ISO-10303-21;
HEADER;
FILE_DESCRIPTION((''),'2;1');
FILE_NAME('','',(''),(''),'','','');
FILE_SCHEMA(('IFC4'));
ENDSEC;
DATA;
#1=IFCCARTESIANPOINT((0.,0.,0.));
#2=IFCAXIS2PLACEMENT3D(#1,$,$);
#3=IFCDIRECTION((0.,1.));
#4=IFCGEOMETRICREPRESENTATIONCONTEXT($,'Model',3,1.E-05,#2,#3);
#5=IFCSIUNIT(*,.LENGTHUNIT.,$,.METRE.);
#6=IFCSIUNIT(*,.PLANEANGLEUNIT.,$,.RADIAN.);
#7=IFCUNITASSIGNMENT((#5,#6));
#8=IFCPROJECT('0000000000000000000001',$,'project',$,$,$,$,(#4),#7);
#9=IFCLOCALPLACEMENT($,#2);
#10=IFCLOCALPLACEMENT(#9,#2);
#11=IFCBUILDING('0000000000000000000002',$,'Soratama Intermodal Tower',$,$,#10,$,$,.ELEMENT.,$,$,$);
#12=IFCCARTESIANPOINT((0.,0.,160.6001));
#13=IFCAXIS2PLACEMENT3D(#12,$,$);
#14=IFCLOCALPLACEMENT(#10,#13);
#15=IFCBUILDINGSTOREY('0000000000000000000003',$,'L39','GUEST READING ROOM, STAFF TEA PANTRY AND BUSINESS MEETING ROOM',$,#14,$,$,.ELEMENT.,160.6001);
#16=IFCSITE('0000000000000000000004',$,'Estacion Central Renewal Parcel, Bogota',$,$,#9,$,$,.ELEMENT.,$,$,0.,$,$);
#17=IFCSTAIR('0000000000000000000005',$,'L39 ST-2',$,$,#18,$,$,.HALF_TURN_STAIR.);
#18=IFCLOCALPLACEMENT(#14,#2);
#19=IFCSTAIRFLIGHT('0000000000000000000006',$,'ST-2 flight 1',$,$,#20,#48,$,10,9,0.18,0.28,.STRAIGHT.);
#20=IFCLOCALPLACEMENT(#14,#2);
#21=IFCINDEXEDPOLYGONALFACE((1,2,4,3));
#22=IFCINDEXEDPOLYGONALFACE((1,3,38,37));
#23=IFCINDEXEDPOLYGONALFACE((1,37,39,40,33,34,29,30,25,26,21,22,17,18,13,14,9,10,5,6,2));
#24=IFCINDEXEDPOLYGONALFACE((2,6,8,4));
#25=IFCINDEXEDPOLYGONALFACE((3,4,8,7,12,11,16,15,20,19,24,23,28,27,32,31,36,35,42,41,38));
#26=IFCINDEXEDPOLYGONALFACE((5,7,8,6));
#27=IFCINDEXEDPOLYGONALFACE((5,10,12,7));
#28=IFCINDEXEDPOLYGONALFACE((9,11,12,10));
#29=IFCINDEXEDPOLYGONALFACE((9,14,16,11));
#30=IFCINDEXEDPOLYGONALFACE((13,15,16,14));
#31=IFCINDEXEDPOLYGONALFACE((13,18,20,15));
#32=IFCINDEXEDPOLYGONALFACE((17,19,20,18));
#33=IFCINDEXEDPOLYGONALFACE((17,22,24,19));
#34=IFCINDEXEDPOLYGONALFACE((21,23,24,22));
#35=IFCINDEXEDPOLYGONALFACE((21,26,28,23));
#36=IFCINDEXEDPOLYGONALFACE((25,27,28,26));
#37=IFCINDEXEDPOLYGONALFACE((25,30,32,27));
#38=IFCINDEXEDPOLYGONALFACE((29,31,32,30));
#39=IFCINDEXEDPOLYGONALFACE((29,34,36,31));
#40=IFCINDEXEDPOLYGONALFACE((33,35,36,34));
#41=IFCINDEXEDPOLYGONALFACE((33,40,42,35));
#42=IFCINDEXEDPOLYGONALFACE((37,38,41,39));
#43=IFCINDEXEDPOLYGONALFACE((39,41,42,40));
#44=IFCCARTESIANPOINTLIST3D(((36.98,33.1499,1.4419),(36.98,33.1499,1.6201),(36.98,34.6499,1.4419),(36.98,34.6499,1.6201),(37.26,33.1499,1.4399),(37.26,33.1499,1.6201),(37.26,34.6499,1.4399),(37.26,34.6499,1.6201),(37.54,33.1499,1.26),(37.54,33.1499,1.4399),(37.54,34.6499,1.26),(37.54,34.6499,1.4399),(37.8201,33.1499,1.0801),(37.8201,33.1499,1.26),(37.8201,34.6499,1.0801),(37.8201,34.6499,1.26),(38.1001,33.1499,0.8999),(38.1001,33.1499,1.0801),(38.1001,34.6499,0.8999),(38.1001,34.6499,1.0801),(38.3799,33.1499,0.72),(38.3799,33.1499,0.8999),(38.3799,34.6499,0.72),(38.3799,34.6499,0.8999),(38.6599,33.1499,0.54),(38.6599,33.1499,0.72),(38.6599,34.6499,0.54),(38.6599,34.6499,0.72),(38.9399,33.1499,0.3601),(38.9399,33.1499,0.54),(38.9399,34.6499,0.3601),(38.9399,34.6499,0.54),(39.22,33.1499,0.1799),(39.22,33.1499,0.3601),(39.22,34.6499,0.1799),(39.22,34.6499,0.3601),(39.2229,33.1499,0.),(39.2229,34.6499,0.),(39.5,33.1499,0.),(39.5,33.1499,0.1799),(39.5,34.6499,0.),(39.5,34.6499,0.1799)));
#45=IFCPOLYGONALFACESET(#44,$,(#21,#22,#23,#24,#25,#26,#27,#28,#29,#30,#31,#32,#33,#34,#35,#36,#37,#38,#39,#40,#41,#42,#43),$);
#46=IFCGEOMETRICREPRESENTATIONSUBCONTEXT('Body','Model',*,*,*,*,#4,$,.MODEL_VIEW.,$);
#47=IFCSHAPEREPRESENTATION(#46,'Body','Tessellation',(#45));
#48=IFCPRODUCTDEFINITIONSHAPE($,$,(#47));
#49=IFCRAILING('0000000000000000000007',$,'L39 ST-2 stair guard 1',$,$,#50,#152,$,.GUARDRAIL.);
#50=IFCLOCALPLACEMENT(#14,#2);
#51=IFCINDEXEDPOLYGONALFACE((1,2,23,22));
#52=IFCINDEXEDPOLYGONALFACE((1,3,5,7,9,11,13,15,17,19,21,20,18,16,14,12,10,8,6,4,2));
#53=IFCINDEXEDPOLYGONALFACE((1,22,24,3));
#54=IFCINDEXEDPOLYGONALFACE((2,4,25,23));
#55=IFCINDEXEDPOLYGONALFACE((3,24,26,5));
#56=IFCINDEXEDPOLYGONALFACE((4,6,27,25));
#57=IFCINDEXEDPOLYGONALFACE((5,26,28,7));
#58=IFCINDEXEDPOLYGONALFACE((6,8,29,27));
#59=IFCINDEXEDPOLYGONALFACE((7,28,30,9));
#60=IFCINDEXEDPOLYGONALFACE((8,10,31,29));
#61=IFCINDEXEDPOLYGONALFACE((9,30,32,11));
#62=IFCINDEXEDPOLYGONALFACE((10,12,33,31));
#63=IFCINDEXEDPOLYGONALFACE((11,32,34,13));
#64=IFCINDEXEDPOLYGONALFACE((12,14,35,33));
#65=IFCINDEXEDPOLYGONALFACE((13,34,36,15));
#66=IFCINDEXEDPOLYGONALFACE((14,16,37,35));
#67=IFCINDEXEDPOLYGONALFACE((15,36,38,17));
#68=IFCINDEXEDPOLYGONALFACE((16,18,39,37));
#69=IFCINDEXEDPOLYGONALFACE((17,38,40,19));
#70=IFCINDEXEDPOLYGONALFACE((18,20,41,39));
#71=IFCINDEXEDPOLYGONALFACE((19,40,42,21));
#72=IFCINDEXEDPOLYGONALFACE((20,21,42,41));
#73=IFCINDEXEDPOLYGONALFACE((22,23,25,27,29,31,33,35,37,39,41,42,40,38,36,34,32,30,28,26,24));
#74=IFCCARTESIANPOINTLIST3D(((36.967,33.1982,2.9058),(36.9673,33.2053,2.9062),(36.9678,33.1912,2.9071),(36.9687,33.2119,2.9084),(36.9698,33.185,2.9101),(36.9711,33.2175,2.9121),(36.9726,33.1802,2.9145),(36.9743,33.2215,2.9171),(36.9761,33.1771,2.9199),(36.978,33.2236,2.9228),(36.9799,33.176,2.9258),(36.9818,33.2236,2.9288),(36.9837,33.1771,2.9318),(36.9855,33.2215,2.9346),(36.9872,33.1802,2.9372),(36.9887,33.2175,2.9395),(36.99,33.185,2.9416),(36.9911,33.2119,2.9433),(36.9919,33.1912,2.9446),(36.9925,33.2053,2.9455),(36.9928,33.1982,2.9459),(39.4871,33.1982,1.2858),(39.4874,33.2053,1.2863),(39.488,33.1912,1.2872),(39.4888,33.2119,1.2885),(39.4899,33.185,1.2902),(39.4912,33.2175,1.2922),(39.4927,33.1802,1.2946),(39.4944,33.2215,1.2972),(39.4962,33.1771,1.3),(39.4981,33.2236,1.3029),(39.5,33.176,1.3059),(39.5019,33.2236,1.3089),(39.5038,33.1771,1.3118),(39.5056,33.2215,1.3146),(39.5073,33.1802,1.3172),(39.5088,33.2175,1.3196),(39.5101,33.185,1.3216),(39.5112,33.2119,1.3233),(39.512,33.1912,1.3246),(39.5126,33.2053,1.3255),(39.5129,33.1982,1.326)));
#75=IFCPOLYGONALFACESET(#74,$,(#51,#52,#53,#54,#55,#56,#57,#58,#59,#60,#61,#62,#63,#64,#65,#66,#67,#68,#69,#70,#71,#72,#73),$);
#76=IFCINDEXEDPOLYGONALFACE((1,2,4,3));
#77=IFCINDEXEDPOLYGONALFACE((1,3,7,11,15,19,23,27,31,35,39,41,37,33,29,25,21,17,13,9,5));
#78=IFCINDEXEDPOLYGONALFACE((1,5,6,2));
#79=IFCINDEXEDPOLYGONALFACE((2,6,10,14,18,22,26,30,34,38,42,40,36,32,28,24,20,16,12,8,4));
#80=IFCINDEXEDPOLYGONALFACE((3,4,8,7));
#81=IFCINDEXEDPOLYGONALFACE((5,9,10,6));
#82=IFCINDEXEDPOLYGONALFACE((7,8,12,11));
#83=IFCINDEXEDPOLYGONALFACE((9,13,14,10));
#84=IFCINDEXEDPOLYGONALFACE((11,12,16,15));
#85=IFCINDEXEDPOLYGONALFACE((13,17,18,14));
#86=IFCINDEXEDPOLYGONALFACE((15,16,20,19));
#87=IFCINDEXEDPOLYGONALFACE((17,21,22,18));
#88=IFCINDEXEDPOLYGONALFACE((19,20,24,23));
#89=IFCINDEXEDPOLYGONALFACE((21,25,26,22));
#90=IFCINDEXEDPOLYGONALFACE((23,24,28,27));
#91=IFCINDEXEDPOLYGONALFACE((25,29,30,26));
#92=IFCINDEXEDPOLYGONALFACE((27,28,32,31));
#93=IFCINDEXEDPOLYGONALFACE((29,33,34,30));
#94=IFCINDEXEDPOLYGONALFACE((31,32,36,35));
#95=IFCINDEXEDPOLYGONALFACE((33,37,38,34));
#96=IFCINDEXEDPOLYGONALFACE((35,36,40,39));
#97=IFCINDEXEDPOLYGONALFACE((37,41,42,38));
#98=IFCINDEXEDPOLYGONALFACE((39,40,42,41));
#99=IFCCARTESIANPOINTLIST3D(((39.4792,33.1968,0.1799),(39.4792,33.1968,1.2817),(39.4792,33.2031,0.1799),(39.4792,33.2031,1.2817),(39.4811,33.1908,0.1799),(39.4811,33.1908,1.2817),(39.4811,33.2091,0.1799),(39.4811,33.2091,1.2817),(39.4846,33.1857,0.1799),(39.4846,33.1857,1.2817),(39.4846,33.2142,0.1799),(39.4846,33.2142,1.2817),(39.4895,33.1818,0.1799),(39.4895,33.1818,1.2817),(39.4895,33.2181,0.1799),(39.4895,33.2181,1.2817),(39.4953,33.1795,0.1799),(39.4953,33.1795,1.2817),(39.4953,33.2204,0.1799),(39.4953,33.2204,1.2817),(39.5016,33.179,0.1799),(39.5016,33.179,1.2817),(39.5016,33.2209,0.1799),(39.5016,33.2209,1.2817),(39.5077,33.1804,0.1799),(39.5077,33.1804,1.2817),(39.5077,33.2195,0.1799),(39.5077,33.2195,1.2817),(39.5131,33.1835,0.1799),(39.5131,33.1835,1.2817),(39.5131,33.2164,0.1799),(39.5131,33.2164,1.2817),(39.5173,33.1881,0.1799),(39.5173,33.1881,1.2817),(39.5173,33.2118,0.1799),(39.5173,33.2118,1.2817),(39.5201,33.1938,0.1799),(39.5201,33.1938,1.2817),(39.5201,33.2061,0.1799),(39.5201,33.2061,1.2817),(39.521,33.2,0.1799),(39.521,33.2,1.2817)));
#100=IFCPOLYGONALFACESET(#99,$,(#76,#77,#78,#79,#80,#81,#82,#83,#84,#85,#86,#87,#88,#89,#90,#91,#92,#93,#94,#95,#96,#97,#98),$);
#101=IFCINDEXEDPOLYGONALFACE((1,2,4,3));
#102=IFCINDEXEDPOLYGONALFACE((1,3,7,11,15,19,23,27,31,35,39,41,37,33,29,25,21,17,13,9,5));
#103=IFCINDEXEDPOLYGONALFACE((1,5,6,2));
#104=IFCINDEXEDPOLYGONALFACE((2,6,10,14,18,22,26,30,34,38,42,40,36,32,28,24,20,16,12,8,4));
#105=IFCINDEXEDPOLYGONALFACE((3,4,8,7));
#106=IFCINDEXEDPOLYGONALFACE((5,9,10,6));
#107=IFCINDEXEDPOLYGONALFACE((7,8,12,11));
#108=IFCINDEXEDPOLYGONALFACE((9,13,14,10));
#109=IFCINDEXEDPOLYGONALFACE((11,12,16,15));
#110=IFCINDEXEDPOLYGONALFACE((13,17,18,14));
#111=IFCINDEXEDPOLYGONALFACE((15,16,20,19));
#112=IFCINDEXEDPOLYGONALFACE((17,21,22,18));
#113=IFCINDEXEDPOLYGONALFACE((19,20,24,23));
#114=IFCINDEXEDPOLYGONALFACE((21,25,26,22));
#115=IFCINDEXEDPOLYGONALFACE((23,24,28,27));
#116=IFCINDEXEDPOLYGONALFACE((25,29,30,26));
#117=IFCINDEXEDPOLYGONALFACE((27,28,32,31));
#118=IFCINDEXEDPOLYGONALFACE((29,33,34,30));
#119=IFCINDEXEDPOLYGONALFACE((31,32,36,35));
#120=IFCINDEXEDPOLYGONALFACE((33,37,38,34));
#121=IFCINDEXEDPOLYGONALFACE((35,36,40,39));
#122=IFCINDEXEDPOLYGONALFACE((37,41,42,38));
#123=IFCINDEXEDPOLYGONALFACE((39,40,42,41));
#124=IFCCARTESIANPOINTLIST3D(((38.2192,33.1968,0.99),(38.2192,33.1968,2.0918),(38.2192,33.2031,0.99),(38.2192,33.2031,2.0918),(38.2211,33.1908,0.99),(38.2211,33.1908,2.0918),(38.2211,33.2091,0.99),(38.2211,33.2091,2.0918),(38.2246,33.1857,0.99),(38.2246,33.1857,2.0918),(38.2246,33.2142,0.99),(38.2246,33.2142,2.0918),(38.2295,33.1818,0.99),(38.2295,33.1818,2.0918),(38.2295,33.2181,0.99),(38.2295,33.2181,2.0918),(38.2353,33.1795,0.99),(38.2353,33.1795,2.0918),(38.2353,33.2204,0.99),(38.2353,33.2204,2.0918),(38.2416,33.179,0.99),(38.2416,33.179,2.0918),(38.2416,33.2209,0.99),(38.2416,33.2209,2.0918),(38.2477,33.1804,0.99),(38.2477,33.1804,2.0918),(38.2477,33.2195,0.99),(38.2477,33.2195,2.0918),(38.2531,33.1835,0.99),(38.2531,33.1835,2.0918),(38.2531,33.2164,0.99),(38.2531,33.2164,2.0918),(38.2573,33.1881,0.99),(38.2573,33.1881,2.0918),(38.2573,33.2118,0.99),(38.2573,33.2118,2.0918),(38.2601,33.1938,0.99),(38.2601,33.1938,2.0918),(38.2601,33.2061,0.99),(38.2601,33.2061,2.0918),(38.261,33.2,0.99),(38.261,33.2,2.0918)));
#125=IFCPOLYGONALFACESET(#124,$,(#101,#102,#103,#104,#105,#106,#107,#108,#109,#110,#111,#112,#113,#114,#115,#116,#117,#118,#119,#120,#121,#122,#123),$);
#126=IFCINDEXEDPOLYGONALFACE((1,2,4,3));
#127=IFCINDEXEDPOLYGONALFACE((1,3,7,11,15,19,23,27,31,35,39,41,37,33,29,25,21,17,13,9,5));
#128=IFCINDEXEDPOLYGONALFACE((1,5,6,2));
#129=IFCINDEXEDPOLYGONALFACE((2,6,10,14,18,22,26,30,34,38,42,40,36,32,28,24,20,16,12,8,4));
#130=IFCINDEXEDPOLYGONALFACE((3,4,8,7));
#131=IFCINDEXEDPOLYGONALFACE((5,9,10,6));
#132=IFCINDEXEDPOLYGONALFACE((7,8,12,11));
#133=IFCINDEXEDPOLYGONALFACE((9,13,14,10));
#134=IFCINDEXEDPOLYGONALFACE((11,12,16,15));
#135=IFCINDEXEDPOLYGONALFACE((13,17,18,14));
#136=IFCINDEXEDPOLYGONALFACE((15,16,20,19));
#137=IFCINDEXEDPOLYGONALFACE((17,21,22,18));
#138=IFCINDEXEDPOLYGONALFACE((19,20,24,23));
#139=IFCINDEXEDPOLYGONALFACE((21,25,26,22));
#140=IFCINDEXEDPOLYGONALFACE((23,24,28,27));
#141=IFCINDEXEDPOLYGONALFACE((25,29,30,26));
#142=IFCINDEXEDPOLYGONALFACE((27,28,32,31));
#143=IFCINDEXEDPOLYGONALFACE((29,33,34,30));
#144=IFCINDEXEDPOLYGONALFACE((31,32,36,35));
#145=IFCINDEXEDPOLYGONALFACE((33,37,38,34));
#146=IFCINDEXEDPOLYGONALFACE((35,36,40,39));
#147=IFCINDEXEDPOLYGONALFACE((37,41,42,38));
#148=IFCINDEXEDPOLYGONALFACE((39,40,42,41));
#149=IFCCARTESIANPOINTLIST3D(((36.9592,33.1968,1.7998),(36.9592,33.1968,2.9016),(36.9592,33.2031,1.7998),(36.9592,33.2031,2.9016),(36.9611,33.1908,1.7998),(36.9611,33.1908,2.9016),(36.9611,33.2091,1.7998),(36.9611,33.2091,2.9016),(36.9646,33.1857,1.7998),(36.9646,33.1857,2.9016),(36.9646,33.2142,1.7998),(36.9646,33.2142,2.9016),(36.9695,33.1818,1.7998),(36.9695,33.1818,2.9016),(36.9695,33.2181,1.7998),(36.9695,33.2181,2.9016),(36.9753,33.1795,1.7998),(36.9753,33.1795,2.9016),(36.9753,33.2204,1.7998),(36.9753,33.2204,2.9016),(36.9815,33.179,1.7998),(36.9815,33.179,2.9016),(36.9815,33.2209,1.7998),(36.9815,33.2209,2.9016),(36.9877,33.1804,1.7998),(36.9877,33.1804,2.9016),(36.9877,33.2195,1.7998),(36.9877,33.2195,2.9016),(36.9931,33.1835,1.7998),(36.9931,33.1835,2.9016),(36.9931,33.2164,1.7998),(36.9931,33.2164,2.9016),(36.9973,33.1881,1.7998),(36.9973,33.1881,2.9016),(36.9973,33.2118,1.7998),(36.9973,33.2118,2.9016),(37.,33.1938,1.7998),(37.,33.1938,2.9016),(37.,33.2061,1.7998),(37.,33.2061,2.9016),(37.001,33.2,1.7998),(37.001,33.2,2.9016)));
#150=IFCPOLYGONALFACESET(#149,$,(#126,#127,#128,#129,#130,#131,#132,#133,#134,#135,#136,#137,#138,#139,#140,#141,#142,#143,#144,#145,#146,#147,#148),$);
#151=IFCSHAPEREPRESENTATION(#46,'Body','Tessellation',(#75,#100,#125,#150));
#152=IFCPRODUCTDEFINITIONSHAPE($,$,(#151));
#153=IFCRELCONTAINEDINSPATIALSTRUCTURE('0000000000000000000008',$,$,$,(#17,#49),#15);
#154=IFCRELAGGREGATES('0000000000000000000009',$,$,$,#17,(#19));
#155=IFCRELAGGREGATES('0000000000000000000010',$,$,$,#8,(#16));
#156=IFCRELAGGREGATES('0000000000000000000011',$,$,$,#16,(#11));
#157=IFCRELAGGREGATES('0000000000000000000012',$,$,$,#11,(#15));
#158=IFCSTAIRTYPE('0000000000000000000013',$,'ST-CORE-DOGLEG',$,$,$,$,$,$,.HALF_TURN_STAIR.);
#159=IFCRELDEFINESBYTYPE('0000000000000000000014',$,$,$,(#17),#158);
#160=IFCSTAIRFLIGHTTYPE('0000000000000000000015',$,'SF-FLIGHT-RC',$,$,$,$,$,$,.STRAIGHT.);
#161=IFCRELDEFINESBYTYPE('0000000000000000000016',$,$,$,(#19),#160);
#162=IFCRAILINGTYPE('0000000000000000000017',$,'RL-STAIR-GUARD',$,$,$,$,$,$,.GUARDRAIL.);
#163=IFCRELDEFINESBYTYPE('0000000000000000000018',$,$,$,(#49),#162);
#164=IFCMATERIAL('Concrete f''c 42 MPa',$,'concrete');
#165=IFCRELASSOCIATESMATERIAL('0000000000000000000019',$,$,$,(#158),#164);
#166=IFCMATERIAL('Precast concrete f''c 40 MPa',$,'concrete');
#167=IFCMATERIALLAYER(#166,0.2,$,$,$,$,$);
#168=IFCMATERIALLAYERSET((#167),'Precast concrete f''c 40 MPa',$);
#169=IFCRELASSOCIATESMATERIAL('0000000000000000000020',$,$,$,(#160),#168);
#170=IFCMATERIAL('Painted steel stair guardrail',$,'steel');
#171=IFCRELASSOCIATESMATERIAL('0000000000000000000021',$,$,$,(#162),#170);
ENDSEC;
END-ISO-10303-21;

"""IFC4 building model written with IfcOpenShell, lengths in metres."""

from ifc_helpers import new_model, si_unit, direction, frame, origin, origin_2d, place, context, subcontext, project, spatial, polyline, circle, outline, extrude, material, layer, layer_set, type_object, element, aggregate, save


model = new_model("IFC4")

# Units and contexts
model_context = context("Model", 3, precision=1e-05, world=origin(), true_north=direction((0.0, 1.0)))
body_context = subcontext(model_context, "Body", "Model", "MODEL_VIEW")
ifc_project = project(units=[si_unit("LENGTHUNIT", "METRE"), si_unit("PLANEANGLEUNIT", "RADIAN")], contexts=[model_context])

# Site, building, storey
site_placement = place(None, origin())
site = spatial("IfcSite", under=ifc_project, at=site_placement, Name="Estacion Central Renewal Parcel, Bogota", CompositionType="ELEMENT", RefElevation=0.0)
building_placement = place(site_placement, origin())
building = spatial("IfcBuilding", under=site, at=building_placement, Name="Soratama Intermodal Tower", CompositionType="ELEMENT")
storey_placement = place(building_placement, frame((0.0, 0.0, 160.6001)))
storey = spatial("IfcBuildingStorey", under=building, at=storey_placement, Name="L39", Description="GUEST READING ROOM, STAFF TEA PANTRY AND BUSINESS MEETING ROOM", CompositionType="ELEMENT", Elevation=160.6001)

# Stair, stair flight
ifc_material_1 = material(Name="Concrete f'c 42 MPa", Category="concrete")
stair_type = type_object("IfcStairType", Name="ST-CORE-DOGLEG", PredefinedType="HALF_TURN_STAIR", material=ifc_material_1)
stair_placement = place(storey_placement, origin())
stair = element("IfcStair", 1, at=stair_placement, inside=storey, type_object=stair_type, Name="L39 ST-2", PredefinedType="HALF_TURN_STAIR")
ifc_material_2 = material(Name="Precast concrete f'c 40 MPa", Category="concrete")
ifc_layer_1 = layer(ifc_material_2, 0.2)
ifc_layer_set_1 = layer_set([ifc_layer_1], Name="Precast concrete f'c 40 MPa")
stair_flight_type = type_object("IfcStairFlightType", Name="SF-FLIGHT-RC", PredefinedType="STRAIGHT", material=ifc_layer_set_1)
stair_flight_placement = place(storey_placement, frame((39.5, 33.8999, 0.0), z_axis=(0.0, 0.0, 1.0), x_axis=(-1.0, 0.0, 0.0)))
stair_flight = element("IfcStairFlight", 2, at=stair_flight_placement, type_object=stair_flight_type, Name="ST-2 flight 1", NumberOfRisers=10, NumberOfTreads=9, PredefinedType="STRAIGHT", RiserHeight=0.18, TreadLength=0.28, context=body_context, shape_type="SweptSolid", body=[
    extrude(outline(polyline([(0.0, 0.0), (0.0, 0.1799), (0.28, 0.1799), (0.28, 0.3601), (0.5601, 0.3601), (0.5601, 0.54), (0.8401, 0.54), (0.8401, 0.72), (1.1201, 0.72), (1.1201, 0.8999), (1.3999, 0.8999), (1.3999, 1.0801), (1.6799, 1.0801), (1.6799, 1.26), (1.96, 1.26), (1.96, 1.4399), (2.24, 1.4399), (2.24, 1.6201), (2.52, 1.6201), (2.52, 1.8), (2.52, 1.4419), (0.2771, 0.0), (0.0, 0.0)])), frame((0.0, 0.75, 0.0), z_axis=(0.0, -1.0, 0.0), x_axis=(1.0, 0.0, 0.0)), (0.0, 0.0, 1.0), 1.5),
])
aggregate(stair, [stair_flight])

# Railing
ifc_material_3 = material(Name="Painted steel stair guardrail", Category="steel")
railing_type_1 = type_object("IfcRailingType", Name="RL-STAIR-GUARD", PredefinedType="GUARDRAIL", material=ifc_material_3)
railing_1_placement = place(storey_placement, frame((39.5, 33.2, 0.1799)))
element("IfcRailing", 3, at=railing_1_placement, inside=storey, type_object=railing_type_1, Name="L39 ST-2 stair guard 1", PredefinedType="GUARDRAIL", context=body_context, shape_type="SweptSolid", body=[
    extrude(circle(Radius=0.0239, at=origin_2d()), frame((0.0, 0.0, 1.126), z_axis=(-0.8412, 0.0, 0.540725), x_axis=(0.0, -1.0, 0.0)), (0.0, 0.0, 1.0), 2.9958),
    extrude(circle(Radius=0.021, at=origin_2d()), origin(), (0.0, 0.0, 1.0), 1.1018),
    extrude(circle(Radius=0.021, at=origin_2d()), frame((-1.26, 0.0, 0.8101)), (0.0, 0.0, 1.0), 1.1018),
    extrude(circle(Radius=0.021, at=origin_2d()), frame((-2.52, 0.0, 1.6199)), (0.0, 0.0, 1.0), 1.1018),
])

save(model, "model.ifc")
